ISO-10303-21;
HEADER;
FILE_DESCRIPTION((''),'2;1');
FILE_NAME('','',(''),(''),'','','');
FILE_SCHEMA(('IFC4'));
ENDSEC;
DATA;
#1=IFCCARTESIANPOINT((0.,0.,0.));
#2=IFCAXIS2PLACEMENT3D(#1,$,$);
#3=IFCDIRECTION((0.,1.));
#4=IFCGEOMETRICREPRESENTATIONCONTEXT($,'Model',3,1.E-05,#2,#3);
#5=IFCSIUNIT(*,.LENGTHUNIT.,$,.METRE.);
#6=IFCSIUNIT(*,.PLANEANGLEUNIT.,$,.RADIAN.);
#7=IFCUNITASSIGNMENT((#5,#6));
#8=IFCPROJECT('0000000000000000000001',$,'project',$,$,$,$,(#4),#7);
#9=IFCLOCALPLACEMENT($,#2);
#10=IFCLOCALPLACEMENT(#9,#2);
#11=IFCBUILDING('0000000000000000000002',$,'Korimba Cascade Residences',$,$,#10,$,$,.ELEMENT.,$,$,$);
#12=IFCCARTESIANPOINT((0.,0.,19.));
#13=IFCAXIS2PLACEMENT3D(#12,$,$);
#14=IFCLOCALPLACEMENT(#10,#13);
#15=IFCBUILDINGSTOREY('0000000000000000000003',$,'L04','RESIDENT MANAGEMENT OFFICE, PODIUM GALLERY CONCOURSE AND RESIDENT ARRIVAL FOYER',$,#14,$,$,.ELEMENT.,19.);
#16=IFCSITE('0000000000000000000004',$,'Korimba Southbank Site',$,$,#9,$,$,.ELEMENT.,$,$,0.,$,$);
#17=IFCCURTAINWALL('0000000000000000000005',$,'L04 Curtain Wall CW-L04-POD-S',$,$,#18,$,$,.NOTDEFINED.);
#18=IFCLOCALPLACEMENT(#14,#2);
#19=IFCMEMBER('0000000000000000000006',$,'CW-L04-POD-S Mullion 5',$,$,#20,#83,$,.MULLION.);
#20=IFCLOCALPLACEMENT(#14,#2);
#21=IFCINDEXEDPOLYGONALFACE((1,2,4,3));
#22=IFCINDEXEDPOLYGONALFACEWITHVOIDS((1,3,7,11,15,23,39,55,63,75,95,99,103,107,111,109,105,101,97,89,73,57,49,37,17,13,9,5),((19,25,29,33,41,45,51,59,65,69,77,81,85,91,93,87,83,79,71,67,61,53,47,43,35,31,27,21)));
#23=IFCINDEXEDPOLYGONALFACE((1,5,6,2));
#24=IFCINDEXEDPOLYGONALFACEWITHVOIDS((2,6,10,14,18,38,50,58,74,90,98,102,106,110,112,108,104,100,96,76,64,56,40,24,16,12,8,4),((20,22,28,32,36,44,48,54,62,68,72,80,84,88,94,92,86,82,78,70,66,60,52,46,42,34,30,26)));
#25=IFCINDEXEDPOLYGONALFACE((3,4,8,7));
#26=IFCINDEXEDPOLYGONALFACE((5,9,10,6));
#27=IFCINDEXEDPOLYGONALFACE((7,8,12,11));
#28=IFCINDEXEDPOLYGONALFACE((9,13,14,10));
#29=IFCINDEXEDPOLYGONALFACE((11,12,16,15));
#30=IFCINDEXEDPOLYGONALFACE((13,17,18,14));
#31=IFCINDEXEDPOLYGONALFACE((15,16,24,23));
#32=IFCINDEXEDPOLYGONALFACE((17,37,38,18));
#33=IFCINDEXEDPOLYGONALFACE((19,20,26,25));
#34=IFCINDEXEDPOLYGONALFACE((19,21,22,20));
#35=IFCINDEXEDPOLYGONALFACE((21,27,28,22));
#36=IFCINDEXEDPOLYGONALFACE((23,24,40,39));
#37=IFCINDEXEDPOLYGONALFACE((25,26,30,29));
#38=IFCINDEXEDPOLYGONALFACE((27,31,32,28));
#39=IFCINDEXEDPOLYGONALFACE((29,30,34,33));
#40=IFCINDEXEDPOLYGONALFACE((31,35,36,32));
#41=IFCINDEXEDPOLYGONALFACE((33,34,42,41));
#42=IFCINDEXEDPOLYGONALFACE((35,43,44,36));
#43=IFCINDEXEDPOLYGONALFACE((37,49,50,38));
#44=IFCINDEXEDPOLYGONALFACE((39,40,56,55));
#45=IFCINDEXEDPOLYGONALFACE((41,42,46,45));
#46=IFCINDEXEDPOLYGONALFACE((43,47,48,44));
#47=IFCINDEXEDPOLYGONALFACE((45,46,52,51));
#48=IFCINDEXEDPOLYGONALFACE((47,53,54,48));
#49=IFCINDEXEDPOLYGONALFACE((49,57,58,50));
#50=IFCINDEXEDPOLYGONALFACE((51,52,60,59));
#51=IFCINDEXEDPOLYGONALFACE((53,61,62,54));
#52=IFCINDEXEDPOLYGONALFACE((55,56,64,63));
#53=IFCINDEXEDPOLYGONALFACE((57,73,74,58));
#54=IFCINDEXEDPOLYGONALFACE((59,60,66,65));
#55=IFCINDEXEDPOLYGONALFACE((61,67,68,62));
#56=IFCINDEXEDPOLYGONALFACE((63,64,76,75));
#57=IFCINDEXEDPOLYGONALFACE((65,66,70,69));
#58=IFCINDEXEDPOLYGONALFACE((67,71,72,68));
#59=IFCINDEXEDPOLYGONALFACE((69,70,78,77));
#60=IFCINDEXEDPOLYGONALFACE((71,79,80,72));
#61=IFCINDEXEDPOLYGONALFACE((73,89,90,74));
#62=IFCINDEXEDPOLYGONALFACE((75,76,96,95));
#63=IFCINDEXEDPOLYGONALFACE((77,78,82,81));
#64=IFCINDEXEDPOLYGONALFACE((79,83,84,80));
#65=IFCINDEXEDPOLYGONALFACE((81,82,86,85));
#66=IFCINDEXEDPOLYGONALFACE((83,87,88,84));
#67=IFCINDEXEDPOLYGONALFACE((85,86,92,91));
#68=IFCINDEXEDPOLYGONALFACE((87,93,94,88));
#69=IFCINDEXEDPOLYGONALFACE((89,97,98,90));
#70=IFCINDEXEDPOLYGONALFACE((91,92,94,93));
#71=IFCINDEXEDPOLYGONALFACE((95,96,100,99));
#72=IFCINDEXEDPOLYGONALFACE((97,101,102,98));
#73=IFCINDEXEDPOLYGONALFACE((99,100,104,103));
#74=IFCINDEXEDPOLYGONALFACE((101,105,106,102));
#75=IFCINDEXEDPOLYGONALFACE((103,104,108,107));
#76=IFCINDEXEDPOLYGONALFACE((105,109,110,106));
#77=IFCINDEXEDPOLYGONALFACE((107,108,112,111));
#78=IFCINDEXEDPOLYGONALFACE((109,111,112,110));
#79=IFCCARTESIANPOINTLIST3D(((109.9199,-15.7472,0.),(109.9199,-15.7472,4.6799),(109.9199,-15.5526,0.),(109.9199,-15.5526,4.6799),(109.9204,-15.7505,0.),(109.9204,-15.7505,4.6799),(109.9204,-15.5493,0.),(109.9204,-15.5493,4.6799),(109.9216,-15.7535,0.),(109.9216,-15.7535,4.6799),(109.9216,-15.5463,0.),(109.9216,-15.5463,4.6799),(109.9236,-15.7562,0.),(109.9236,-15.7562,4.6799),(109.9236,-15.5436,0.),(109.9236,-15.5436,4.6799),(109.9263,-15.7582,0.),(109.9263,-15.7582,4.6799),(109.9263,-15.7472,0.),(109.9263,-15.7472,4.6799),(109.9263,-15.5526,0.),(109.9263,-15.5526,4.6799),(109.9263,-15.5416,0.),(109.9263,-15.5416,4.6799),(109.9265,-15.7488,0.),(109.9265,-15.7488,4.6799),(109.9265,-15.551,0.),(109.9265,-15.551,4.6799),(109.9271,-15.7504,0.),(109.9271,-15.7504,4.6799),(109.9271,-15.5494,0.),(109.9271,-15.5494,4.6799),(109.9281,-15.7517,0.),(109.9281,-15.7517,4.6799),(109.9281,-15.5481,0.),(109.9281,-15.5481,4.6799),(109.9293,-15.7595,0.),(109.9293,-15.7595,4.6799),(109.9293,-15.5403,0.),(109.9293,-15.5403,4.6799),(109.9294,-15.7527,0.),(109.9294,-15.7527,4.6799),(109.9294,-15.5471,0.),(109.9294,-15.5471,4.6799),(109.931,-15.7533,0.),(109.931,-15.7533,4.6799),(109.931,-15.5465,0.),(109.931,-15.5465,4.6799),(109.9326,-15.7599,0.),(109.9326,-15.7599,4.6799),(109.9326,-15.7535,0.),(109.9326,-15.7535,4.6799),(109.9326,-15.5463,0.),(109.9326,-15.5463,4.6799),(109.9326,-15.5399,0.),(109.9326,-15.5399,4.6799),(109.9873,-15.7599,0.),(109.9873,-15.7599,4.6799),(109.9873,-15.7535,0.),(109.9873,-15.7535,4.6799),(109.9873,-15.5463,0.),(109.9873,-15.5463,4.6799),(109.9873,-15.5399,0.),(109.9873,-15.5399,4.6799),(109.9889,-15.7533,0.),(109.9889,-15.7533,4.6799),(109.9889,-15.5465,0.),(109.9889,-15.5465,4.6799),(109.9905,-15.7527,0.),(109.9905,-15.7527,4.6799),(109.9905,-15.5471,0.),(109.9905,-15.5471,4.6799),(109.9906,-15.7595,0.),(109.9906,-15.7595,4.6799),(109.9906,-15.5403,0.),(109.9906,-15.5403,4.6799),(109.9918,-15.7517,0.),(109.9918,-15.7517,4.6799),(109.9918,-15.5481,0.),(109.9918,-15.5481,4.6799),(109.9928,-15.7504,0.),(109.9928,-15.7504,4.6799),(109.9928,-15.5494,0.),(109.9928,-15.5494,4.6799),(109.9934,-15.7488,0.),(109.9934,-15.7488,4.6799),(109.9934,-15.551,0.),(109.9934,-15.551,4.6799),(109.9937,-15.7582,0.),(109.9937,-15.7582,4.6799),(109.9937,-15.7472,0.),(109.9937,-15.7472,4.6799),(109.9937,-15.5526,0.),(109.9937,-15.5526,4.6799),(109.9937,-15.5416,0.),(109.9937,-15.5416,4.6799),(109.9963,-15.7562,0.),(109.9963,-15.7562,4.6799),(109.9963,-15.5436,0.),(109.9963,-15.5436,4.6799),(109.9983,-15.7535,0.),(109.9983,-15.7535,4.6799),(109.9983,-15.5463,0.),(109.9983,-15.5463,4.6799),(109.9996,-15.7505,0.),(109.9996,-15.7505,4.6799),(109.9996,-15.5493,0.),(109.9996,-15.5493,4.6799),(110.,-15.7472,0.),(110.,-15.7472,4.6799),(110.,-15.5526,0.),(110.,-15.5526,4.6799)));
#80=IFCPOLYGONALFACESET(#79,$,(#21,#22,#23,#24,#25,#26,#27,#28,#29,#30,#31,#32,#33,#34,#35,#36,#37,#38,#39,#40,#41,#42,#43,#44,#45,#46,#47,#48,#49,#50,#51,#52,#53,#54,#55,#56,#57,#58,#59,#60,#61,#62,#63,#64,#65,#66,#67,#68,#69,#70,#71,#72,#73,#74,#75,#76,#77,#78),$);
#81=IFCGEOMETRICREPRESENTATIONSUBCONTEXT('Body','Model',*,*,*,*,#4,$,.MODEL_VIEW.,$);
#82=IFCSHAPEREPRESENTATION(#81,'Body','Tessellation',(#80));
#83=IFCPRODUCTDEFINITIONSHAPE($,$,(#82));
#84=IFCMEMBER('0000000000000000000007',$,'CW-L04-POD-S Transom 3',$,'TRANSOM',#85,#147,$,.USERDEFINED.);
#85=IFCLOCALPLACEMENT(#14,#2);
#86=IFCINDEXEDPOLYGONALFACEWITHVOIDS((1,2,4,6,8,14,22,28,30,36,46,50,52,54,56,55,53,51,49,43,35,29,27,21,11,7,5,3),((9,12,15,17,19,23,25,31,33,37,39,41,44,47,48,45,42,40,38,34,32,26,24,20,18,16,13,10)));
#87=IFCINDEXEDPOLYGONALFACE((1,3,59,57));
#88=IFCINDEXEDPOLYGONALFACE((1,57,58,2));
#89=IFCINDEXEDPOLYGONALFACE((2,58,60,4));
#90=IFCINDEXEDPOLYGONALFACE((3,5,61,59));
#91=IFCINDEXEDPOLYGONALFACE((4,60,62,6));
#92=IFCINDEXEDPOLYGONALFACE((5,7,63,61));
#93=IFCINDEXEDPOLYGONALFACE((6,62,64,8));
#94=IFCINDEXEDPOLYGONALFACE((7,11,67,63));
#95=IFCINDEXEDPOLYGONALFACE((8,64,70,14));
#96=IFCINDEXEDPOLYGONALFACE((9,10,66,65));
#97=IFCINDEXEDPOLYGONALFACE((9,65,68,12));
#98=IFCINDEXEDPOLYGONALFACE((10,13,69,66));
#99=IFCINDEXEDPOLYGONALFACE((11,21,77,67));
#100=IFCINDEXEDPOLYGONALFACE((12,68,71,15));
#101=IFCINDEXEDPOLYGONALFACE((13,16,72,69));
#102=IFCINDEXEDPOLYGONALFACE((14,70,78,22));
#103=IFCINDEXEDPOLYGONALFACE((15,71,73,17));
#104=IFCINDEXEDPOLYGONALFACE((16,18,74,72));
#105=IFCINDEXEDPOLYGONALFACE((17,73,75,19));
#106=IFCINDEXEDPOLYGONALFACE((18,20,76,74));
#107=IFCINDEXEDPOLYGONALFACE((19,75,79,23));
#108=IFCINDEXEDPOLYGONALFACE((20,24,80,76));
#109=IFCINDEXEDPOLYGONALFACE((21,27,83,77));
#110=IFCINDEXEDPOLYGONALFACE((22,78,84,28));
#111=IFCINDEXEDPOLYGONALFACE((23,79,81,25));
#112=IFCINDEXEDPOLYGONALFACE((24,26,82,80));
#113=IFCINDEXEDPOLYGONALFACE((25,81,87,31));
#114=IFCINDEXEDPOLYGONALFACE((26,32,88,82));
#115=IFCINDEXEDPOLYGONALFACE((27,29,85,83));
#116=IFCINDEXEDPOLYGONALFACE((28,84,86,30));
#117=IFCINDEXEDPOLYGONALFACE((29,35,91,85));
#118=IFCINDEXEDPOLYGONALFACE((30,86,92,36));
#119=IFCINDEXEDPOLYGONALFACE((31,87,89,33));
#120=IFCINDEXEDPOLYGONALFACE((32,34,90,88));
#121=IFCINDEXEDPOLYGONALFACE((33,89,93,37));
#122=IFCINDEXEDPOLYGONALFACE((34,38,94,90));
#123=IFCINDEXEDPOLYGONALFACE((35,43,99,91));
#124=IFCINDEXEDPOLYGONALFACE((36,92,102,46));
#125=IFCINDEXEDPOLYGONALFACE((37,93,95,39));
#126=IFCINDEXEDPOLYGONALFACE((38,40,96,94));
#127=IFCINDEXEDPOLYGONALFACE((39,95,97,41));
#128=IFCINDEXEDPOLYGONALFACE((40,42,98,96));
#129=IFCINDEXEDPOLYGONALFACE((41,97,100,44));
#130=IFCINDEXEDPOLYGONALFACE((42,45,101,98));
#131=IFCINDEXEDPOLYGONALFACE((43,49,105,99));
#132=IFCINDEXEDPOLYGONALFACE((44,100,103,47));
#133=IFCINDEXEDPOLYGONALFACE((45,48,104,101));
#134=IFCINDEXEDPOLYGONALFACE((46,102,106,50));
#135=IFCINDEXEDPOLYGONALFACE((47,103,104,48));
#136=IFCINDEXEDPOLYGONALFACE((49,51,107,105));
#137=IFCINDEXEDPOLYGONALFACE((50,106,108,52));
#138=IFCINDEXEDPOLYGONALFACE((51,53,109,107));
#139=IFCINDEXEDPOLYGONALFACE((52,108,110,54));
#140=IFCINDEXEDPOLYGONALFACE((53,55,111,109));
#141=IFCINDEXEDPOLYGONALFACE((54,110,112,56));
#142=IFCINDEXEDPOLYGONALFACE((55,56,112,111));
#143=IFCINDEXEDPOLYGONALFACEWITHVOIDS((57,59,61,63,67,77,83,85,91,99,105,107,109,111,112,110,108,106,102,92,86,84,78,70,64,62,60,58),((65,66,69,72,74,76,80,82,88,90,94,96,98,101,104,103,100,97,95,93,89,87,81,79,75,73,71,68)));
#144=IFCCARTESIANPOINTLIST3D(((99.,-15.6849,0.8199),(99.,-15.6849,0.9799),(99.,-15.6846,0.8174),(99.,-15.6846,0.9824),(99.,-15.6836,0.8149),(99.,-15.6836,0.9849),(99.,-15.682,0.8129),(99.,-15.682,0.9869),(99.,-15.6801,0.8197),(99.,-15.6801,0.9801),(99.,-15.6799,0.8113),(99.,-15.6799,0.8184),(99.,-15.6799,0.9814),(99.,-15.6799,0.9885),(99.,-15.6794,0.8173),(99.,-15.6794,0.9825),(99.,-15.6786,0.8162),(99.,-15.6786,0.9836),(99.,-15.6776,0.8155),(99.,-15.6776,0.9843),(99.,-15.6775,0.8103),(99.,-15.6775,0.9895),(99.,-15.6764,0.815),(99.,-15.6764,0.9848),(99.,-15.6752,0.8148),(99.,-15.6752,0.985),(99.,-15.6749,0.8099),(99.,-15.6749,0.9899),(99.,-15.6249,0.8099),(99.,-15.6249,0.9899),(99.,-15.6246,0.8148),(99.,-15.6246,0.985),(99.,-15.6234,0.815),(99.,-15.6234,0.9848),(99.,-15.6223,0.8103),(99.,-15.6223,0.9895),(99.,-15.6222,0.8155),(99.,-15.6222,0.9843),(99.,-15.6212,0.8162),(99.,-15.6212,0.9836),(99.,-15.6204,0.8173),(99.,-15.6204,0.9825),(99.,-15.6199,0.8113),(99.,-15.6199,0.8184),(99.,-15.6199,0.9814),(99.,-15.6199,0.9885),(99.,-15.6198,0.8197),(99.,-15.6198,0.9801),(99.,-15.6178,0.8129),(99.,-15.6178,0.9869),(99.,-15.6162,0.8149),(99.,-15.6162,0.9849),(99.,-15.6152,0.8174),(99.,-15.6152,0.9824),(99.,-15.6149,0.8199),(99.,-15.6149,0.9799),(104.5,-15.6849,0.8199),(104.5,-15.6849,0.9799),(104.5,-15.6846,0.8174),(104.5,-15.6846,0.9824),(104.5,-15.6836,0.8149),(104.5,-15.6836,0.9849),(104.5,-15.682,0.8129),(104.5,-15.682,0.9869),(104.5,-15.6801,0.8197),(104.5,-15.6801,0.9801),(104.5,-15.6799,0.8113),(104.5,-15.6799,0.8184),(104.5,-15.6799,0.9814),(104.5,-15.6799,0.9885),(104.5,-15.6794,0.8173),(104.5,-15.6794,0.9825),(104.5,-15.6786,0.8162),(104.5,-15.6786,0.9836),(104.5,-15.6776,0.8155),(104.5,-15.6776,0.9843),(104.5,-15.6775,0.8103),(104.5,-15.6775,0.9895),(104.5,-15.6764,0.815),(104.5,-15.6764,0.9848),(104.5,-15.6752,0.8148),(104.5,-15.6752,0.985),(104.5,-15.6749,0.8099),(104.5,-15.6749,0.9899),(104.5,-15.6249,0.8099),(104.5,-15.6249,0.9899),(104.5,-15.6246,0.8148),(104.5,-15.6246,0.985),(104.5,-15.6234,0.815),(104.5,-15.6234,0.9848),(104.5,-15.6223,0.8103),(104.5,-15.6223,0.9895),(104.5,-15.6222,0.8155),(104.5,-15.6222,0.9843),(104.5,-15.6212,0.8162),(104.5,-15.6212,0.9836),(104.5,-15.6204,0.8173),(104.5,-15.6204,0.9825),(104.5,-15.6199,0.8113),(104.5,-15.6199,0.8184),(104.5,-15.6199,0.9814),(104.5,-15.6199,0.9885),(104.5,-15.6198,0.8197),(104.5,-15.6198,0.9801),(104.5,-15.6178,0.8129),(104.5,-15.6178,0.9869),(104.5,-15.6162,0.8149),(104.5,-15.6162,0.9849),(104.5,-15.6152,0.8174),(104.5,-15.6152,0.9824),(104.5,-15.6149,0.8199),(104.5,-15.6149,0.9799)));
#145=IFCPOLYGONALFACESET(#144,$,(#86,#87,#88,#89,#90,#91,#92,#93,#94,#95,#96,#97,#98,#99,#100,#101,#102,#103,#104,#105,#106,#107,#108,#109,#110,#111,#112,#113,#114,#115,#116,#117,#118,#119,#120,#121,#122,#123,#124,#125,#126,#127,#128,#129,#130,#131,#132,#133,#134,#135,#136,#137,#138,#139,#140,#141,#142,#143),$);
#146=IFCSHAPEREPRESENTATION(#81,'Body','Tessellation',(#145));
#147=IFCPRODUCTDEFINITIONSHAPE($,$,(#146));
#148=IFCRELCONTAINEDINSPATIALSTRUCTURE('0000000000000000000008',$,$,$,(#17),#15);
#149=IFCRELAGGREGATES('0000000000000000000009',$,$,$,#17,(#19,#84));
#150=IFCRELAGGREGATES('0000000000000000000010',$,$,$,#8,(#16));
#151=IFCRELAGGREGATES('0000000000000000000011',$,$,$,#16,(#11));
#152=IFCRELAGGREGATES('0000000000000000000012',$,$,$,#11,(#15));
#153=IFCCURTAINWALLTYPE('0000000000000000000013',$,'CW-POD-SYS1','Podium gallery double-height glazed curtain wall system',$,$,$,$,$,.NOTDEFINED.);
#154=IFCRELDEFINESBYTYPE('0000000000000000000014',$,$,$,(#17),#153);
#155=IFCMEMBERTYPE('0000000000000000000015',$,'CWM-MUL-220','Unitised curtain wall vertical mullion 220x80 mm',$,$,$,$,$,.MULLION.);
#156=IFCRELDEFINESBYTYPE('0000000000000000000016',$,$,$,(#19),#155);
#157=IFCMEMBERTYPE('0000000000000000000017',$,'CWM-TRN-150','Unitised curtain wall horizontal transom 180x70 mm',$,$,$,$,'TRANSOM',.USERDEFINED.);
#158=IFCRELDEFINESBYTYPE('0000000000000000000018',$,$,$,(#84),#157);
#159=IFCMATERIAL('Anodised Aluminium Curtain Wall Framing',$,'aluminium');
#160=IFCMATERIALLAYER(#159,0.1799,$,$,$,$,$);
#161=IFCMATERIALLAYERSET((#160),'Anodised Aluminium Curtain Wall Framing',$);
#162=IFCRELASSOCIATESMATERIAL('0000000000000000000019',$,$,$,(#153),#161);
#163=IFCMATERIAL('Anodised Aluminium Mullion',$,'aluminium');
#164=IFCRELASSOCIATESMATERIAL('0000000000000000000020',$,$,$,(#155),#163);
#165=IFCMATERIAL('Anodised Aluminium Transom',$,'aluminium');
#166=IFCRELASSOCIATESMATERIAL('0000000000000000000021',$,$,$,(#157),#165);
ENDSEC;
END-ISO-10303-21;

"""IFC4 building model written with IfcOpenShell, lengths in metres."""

from ifc_helpers import new_model, si_unit, direction, frame, origin, origin_2d, place, context, subcontext, project, spatial, hollow_rectangle, extrude, material, layer, layer_set, material_profile, profile_set, type_object, element, aggregate, save


model = new_model("IFC4")

# Units and contexts
model_context = context("Model", 3, precision=1e-05, world=origin(), true_north=direction((0.0, 1.0)))
body_context = subcontext(model_context, "Body", "Model", "MODEL_VIEW")
ifc_project = project(units=[si_unit("LENGTHUNIT", "METRE"), si_unit("PLANEANGLEUNIT", "RADIAN")], contexts=[model_context])

# Site, building, storey
site_placement = place(None, origin())
site = spatial("IfcSite", under=ifc_project, at=site_placement, Name="Korimba Southbank Site", CompositionType="ELEMENT", RefElevation=0.0)
building_placement = place(site_placement, origin())
building = spatial("IfcBuilding", under=site, at=building_placement, Name="Korimba Cascade Residences", CompositionType="ELEMENT")
storey_placement = place(building_placement, frame((0.0, 0.0, 19.0)))
storey = spatial("IfcBuildingStorey", under=building, at=storey_placement, Name="L04", Description="RESIDENT MANAGEMENT OFFICE, PODIUM GALLERY CONCOURSE AND RESIDENT ARRIVAL FOYER", CompositionType="ELEMENT", Elevation=19.0)

# Curtain wall, members
ifc_material_1 = material(Name="Anodised Aluminium Curtain Wall Framing", Category="aluminium")
ifc_layer_1 = layer(ifc_material_1, 0.1799)
ifc_layer_set_1 = layer_set([ifc_layer_1], Name="Anodised Aluminium Curtain Wall Framing")
curtain_wall_type = type_object("IfcCurtainWallType", Name="CW-POD-SYS1", Description="Podium gallery double-height glazed curtain wall system", PredefinedType="NOTDEFINED", material=ifc_layer_set_1)
curtain_wall_placement = place(storey_placement, origin())
curtain_wall = element("IfcCurtainWall", 1, at=curtain_wall_placement, inside=storey, type_object=curtain_wall_type, Name="L04 Curtain Wall CW-L04-POD-S", PredefinedType="NOTDEFINED")
ifc_material_2 = material(Name="Anodised Aluminium Mullion", Category="aluminium")
ifc_material_profile_1 = material_profile(ifc_material_2, hollow_rectangle(XDim=0.0801, YDim=0.22, WallThickness=0.0063, InnerFilletRadius=0.0063, OuterFilletRadius=0.0127, at=origin_2d()), Name="Anodised Aluminium Mullion")
ifc_profile_set_1 = profile_set([ifc_material_profile_1], Name="Anodised Aluminium Mullion")
member_type_1 = type_object("IfcMemberType", Name="CWM-MUL-220", Description="Unitised curtain wall vertical mullion 220x80 mm", PredefinedType="MULLION", material=ifc_profile_set_1)
member_1_placement = place(storey_placement, frame((109.96, -15.6499, 0.0), z_axis=(0.0, 0.0, 1.0), x_axis=(1.0, 0.0, 0.0)))
member_1 = element("IfcMember", 2, at=member_1_placement, type_object=member_type_1, Name="CW-L04-POD-S Mullion 5", PredefinedType="MULLION", context=body_context, shape_type="SweptSolid", body=[
    extrude(hollow_rectangle(XDim=0.0801, YDim=0.22, WallThickness=0.0063, InnerFilletRadius=0.0063, OuterFilletRadius=0.0127, at=origin_2d()), origin(), (0.0, 0.0, 1.0), 4.6799),
])
ifc_material_3 = material(Name="Anodised Aluminium Transom", Category="aluminium")
ifc_material_profile_2 = material_profile(ifc_material_3, hollow_rectangle(XDim=0.0701, YDim=0.1799, WallThickness=0.0049, InnerFilletRadius=0.0049, OuterFilletRadius=0.01, at=origin_2d()), Name="Anodised Aluminium Transom")
ifc_profile_set_2 = profile_set([ifc_material_profile_2], Name="Anodised Aluminium Transom")
member_type_2 = type_object("IfcMemberType", Name="CWM-TRN-150", Description="Unitised curtain wall horizontal transom 180x70 mm", ElementType="TRANSOM", PredefinedType="USERDEFINED", material=ifc_profile_set_2)
member_2_placement = place(storey_placement, frame((99.0, -15.6499, 0.8999), z_axis=(1.0, 0.0, 0.0), x_axis=(0.0, 1.0, 0.0)))
member_2 = element("IfcMember", 3, at=member_2_placement, type_object=member_type_2, Name="CW-L04-POD-S Transom 3", ObjectType="TRANSOM", PredefinedType="USERDEFINED", context=body_context, shape_type="SweptSolid", body=[
    extrude(hollow_rectangle(XDim=0.0701, YDim=0.1799, WallThickness=0.0049, InnerFilletRadius=0.0049, OuterFilletRadius=0.01, at=origin_2d()), origin(), (0.0, 0.0, 1.0), 5.5),
])
aggregate(curtain_wall, [member_1, member_2])

save(model, "model.ifc")
